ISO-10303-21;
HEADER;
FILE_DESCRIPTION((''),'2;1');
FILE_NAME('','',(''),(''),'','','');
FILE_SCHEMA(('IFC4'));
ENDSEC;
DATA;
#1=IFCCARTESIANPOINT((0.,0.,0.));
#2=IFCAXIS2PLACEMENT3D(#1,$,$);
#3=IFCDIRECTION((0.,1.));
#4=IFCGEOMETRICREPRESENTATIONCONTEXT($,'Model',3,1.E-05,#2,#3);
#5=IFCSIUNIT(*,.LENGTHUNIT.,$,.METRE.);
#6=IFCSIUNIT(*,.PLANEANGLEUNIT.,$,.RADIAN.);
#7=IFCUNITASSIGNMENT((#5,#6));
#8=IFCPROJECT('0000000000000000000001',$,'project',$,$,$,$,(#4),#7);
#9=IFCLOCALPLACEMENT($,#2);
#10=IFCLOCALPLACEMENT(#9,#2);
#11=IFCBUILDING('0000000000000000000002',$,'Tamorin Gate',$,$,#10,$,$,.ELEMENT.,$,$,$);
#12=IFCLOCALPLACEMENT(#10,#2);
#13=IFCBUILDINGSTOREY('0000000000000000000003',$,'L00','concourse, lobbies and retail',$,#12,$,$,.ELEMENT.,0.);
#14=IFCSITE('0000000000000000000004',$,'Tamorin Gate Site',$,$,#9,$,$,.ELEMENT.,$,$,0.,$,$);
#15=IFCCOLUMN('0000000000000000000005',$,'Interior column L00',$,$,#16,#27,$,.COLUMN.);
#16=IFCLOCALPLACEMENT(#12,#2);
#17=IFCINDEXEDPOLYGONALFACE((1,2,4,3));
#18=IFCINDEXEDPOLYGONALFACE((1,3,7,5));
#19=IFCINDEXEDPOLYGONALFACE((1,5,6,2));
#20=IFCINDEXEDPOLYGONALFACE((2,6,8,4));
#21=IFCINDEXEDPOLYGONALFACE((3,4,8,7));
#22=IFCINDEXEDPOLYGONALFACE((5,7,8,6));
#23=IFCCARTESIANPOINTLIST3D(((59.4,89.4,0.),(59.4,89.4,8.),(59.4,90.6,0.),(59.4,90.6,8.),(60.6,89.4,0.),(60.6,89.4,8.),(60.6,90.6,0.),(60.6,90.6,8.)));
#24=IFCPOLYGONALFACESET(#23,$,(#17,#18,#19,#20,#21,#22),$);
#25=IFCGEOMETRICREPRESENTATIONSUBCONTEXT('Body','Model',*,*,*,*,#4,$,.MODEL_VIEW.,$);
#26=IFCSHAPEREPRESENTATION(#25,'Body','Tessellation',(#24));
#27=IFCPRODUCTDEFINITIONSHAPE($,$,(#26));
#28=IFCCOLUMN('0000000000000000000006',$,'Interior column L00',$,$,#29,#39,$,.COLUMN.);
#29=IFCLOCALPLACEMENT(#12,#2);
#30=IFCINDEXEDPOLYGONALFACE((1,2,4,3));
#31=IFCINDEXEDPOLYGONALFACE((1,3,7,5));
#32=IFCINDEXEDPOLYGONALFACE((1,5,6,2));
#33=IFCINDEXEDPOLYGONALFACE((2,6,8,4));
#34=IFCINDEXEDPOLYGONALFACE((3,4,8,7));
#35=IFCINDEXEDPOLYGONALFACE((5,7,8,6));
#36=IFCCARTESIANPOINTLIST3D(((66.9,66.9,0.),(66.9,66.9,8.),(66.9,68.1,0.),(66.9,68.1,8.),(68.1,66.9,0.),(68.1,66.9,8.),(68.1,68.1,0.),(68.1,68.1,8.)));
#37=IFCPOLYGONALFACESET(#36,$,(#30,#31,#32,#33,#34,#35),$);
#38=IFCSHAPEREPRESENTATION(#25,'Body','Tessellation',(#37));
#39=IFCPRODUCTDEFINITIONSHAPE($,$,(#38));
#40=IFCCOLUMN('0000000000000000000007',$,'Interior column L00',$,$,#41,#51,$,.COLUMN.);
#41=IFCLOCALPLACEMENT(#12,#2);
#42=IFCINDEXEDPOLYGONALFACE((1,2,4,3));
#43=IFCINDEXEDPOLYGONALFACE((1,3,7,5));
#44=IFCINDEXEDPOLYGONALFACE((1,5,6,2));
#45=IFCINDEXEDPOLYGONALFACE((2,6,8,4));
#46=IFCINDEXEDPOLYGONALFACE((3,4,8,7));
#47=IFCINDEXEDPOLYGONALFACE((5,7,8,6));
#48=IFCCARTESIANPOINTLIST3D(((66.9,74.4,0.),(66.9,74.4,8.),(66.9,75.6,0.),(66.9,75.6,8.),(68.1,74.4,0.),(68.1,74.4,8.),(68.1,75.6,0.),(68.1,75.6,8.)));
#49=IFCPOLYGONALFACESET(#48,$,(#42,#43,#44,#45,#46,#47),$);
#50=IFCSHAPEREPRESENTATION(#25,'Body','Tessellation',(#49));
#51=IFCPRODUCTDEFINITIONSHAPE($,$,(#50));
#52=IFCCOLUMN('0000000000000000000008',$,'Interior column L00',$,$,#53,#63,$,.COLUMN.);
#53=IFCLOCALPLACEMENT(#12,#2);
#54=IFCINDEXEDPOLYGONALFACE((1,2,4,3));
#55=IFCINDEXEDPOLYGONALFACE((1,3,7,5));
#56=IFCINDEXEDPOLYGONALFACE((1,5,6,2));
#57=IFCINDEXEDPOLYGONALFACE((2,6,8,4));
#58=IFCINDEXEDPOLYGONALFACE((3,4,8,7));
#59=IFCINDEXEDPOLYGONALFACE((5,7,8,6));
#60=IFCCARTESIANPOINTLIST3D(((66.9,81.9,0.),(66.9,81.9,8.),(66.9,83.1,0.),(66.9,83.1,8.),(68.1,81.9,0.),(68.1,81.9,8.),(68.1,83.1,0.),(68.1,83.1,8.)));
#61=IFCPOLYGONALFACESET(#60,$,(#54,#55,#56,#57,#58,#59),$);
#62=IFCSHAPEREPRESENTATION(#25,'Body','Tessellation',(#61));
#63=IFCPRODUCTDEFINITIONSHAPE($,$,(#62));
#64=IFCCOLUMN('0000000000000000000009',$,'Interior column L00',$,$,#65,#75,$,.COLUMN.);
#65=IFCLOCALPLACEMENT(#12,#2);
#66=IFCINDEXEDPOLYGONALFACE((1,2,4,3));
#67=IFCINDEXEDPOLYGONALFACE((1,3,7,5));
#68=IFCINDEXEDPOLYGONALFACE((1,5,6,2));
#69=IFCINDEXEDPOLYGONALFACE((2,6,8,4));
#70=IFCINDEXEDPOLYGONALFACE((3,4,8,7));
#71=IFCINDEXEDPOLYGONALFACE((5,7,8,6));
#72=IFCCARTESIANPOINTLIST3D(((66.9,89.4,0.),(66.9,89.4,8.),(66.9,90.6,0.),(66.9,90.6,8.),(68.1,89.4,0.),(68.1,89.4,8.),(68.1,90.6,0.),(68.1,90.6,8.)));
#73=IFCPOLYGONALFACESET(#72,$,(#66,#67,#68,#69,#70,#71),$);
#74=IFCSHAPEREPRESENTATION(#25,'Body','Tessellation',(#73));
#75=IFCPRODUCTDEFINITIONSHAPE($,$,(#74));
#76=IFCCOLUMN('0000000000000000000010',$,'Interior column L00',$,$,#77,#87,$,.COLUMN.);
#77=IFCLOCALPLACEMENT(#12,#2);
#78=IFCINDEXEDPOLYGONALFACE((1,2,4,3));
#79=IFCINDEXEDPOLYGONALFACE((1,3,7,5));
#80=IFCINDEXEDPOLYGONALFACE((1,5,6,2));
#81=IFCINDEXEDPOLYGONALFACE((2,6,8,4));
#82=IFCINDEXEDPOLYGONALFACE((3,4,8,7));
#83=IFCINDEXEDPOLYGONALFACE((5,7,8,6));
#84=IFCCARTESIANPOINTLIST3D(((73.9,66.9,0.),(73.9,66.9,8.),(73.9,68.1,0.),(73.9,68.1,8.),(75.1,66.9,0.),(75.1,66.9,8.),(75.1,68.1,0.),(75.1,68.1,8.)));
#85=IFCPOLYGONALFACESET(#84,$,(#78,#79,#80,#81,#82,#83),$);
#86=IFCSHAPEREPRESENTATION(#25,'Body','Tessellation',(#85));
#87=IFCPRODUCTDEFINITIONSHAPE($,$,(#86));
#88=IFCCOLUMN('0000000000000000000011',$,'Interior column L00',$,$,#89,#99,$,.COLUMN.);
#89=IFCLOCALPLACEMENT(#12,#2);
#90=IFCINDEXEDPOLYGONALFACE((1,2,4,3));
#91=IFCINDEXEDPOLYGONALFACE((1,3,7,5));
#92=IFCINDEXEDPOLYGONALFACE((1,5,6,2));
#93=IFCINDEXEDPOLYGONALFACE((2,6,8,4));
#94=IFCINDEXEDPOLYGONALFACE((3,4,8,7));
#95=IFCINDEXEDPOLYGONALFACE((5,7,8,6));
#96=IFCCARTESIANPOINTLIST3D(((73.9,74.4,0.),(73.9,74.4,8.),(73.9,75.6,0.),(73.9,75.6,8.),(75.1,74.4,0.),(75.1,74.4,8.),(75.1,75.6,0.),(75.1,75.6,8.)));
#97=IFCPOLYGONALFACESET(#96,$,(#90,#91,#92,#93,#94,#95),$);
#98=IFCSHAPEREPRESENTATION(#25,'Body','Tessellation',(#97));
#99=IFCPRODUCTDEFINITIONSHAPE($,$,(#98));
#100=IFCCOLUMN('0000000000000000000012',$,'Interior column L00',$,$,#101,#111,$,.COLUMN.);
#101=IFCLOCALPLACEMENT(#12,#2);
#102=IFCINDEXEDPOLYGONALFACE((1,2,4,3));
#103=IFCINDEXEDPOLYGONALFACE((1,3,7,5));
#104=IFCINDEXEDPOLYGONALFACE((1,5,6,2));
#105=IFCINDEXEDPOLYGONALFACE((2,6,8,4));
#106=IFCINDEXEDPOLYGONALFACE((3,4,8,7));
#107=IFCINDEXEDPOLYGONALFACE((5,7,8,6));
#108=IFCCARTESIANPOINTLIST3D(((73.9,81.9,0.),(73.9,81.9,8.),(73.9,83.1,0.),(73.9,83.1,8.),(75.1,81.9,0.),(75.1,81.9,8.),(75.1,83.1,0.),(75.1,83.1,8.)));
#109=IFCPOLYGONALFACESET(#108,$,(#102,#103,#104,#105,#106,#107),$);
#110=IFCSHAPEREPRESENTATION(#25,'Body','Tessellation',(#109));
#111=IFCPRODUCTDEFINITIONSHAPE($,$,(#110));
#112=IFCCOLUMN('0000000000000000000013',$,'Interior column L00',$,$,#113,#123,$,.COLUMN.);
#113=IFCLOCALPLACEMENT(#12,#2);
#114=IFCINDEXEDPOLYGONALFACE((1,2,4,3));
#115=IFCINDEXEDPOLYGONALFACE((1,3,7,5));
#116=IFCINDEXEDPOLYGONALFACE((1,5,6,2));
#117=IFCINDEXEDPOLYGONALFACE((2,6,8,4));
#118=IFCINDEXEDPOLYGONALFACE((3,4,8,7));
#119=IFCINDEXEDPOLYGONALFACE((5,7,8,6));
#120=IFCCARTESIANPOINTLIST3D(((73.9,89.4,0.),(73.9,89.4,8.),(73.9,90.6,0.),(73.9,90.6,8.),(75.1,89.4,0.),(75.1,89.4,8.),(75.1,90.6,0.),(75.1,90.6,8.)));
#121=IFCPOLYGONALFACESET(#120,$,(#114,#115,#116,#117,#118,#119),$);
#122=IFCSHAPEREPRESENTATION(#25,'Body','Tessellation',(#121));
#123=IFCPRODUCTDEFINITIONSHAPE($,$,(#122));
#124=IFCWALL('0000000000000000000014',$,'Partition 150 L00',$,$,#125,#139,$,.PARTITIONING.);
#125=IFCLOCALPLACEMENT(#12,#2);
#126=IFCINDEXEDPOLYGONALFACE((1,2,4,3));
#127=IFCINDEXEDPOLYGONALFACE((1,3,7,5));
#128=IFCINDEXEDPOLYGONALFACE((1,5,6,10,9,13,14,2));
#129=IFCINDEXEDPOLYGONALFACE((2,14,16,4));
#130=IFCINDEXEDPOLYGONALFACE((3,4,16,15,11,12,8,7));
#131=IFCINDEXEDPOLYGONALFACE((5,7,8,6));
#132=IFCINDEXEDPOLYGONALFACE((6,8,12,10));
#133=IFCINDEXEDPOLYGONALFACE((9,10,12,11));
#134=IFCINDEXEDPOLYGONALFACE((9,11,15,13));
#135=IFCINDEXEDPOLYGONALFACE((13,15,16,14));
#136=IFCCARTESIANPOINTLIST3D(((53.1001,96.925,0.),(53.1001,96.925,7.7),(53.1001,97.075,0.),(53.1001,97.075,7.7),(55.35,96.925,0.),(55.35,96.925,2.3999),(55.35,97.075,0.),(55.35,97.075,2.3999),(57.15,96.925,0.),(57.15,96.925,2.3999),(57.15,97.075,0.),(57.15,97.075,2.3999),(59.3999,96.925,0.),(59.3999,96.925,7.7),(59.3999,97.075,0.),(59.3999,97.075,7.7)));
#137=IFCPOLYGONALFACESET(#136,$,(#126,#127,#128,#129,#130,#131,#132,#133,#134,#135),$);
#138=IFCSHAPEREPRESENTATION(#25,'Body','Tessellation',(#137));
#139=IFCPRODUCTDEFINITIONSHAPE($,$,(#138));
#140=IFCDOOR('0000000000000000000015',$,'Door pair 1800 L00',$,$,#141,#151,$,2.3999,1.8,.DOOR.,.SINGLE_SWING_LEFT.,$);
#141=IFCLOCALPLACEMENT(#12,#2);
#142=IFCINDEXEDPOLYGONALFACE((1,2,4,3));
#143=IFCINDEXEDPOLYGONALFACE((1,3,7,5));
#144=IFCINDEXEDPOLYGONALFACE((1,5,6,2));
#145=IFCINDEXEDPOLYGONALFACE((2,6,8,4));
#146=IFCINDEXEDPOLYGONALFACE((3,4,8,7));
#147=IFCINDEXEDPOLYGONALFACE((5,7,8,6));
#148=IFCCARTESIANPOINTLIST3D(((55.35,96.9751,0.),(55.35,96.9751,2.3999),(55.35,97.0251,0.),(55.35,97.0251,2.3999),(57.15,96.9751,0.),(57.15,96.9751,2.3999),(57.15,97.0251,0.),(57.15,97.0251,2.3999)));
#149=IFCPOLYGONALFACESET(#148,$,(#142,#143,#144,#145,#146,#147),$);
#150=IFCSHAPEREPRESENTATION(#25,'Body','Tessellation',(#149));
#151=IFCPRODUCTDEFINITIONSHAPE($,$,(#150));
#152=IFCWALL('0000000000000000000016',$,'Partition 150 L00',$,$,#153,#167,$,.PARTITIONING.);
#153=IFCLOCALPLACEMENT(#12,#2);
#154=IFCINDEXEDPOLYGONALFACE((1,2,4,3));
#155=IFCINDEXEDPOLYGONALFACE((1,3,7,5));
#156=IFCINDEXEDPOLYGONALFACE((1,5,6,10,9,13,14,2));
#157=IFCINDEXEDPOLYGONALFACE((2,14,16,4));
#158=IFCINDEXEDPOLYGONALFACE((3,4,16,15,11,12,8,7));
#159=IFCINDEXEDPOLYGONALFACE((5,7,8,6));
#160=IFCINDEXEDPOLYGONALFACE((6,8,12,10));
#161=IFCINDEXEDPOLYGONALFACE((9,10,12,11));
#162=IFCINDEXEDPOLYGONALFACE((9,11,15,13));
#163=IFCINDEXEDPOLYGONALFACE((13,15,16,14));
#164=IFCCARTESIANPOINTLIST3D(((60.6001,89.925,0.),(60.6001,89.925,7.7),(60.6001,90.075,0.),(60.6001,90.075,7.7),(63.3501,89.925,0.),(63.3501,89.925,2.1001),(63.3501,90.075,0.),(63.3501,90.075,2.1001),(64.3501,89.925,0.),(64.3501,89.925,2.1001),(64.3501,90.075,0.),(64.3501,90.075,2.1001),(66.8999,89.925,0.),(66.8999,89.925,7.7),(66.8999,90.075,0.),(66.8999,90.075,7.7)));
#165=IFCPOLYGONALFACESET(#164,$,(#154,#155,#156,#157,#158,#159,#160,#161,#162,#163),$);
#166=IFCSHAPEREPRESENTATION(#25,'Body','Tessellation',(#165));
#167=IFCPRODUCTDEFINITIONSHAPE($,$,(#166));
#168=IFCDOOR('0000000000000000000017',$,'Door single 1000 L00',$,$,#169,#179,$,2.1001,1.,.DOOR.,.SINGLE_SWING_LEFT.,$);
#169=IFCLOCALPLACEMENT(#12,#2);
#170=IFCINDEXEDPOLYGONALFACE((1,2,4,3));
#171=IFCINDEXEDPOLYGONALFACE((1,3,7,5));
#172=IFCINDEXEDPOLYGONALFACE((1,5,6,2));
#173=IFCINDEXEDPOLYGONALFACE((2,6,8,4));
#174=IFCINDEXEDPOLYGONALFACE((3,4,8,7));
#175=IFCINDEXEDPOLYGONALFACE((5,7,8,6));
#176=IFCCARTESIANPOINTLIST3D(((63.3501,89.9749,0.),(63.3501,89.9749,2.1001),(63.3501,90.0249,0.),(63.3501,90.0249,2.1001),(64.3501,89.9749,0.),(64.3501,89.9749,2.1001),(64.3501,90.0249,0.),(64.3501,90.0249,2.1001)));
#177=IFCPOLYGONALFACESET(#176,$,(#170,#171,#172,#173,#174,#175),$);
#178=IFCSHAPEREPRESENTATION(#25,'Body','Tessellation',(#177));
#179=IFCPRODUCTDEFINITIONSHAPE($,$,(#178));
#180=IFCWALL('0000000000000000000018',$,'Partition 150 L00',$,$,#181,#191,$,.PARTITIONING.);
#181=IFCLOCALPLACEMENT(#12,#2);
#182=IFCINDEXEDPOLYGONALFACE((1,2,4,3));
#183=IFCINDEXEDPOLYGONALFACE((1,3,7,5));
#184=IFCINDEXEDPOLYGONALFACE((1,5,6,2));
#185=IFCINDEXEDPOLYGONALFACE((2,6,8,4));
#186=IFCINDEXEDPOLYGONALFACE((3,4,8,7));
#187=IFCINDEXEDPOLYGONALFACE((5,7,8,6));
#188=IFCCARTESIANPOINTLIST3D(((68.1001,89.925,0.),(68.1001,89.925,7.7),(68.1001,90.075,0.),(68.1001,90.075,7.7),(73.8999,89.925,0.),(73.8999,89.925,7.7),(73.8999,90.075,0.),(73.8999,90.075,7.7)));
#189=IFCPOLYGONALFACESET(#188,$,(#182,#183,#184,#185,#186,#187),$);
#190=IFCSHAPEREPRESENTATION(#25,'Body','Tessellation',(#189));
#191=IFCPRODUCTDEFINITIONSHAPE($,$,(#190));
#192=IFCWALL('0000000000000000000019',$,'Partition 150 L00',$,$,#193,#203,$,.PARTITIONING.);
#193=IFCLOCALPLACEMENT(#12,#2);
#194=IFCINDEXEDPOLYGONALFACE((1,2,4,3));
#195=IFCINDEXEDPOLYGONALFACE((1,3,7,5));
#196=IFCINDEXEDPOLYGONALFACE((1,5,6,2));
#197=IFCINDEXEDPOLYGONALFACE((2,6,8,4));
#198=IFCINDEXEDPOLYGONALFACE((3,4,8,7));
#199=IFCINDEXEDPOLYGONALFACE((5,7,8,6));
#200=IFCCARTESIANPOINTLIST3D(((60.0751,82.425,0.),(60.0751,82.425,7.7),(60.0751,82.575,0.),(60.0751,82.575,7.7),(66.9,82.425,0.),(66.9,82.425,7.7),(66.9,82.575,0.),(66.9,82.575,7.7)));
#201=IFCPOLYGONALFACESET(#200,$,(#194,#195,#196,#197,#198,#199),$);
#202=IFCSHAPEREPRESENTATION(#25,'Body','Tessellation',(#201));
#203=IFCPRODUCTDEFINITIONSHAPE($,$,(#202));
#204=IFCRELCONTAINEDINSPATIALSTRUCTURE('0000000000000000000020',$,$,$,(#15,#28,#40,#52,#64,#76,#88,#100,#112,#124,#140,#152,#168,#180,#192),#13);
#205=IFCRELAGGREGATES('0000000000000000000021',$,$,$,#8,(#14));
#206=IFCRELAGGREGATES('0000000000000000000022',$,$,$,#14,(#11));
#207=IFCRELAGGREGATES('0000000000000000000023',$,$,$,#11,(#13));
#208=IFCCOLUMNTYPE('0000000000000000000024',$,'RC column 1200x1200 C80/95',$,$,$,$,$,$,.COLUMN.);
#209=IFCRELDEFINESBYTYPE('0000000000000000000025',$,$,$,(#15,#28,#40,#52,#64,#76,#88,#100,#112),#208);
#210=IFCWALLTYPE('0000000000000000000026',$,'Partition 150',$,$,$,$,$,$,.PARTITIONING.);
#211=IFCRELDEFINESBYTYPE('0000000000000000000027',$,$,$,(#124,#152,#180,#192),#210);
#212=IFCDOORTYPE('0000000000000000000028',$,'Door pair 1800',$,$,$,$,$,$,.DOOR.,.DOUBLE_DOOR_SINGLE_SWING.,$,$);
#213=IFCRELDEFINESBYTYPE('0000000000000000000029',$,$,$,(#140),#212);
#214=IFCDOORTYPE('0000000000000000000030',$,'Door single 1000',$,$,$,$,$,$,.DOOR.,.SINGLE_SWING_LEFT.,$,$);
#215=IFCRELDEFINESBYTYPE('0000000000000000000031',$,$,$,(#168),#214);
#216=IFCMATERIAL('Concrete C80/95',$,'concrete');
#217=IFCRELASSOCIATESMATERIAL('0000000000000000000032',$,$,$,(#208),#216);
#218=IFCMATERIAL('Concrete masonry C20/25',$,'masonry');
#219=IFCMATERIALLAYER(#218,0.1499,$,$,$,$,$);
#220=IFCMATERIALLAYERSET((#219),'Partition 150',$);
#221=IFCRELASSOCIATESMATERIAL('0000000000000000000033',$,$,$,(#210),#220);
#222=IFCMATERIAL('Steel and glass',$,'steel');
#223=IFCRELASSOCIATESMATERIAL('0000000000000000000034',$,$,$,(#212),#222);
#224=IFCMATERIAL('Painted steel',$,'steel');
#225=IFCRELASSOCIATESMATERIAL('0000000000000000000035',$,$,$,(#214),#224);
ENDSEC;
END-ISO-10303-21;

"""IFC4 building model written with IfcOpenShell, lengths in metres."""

from ifc_helpers import new_model, si_unit, direction, frame, frame_2d, origin, origin_2d, place, context, subcontext, project, spatial, rectangle, extrude, material, layer, layer_set, material_profile, profile_set, type_object, element, fill, save


model = new_model("IFC4")

# Units and contexts
model_context = context("Model", 3, precision=1e-05, world=origin(), true_north=direction((0.0, 1.0)))
body_context = subcontext(model_context, "Body", "Model", "MODEL_VIEW")
ifc_project = project(units=[si_unit("LENGTHUNIT", "METRE"), si_unit("PLANEANGLEUNIT", "RADIAN")], contexts=[model_context])

# Site, building, storey
site_placement = place(None, origin())
site = spatial("IfcSite", under=ifc_project, at=site_placement, Name="Tamorin Gate Site", CompositionType="ELEMENT", RefElevation=0.0)
building_placement = place(site_placement, origin())
building = spatial("IfcBuilding", under=site, at=building_placement, Name="Tamorin Gate", CompositionType="ELEMENT")
storey_placement = place(building_placement, origin())
storey = spatial("IfcBuildingStorey", under=building, at=storey_placement, Name="L00", Description="concourse, lobbies and retail", CompositionType="ELEMENT", Elevation=0.0)

# Columns
ifc_material_1 = material(Name="Concrete C80/95", Category="concrete")
ifc_material_profile = material_profile(ifc_material_1, rectangle(XDim=1.2, YDim=1.2, at=origin_2d()), Name="RC 1200x1200")
ifc_profile_set = profile_set([ifc_material_profile], Name="Concrete C80/95")
column_type = type_object("IfcColumnType", Name="RC column 1200x1200 C80/95", PredefinedType="COLUMN", material=ifc_profile_set)
for number, where, z_axis, x_axis, name in (
    (1, (60.0, 90.0, 0.0), (0.0, 0.0, 1.0), (1.0, 0.0, 0.0), "Interior column L00"),
    (2, (67.5, 67.5, 0.0), (0.0, 0.0, 1.0), (1.0, 0.0, 0.0), "Interior column L00"),
    (3, (67.5, 75.0, 0.0), (0.0, 0.0, 1.0), (1.0, 0.0, 0.0), "Interior column L00"),
    (4, (67.5, 82.5, 0.0), (0.0, 0.0, 1.0), (1.0, 0.0, 0.0), "Interior column L00"),
    (5, (67.5, 90.0, 0.0), (0.0, 0.0, 1.0), (1.0, 0.0, 0.0), "Interior column L00"),
    (6, (74.5, 67.5, 0.0), (0.0, 0.0, 1.0), (1.0, 0.0, 0.0), "Interior column L00"),
    (7, (74.5, 75.0, 0.0), (0.0, 0.0, 1.0), (1.0, 0.0, 0.0), "Interior column L00"),
    (8, (74.5, 82.5, 0.0), (0.0, 0.0, 1.0), (1.0, 0.0, 0.0), "Interior column L00"),
    (9, (74.5, 90.0, 0.0), (0.0, 0.0, 1.0), (1.0, 0.0, 0.0), "Interior column L00"),
):
    element("IfcColumn", number, at=place(storey_placement, frame(where, z_axis=z_axis, x_axis=x_axis)), inside=storey, type_object=column_type, Name=name, PredefinedType="COLUMN", context=body_context, shape_type="SweptSolid", body=[
        extrude(rectangle(XDim=1.2, YDim=1.2, at=origin_2d()), origin(), (0.0, 0.0, 1.0), 8.0),
    ])

# Walls, openings, doors
ifc_material_2 = material(Name="Concrete masonry C20/25", Category="masonry")
ifc_layer = layer(ifc_material_2, 0.1499)
ifc_layer_set = layer_set([ifc_layer], Name="Partition 150")
wall_type = type_object("IfcWallType", Name="Partition 150", PredefinedType="PARTITIONING", material=ifc_layer_set)
wall_1_placement = place(storey_placement, frame((59.3999, 97.0, 0.0), z_axis=(0.0, 0.0, 1.0), x_axis=(-1.0, 0.0, 0.0)))
wall_1 = element("IfcWall", 10, at=wall_1_placement, inside=storey, type_object=wall_type, Name="Partition 150 L00", PredefinedType="PARTITIONING", context=body_context, shape_type="SweptSolid", body=[
    extrude(rectangle(XDim=6.2998, YDim=0.1499, at=frame_2d((3.1499, 0.0))), origin(), (0.0, 0.0, 1.0), 7.7),
])
opening_1_placement = place(wall_1_placement, frame((2.25, 0.0, 0.0)))
opening_1 = element("IfcOpeningElement", 11, at=opening_1_placement, cuts=wall_1, PredefinedType="OPENING", context=body_context, shape_type="SweptSolid", body=[
    extrude(rectangle(XDim=1.8, YDim=2.3999, at=frame_2d((0.8999, 1.2))), frame((0.0, 0.085, 0.0), z_axis=(0.0, -1.0, 0.0), x_axis=(1.0, 0.0, 0.0)), (0.0, 0.0, 1.0), 0.1699),
])
ifc_material_3 = material(Name="Steel and glass", Category="steel")
door_type_1 = type_object("IfcDoorType", Name="Door pair 1800", OperationType="DOUBLE_DOOR_SINGLE_SWING", PredefinedType="DOOR", material=ifc_material_3)
door_1_placement = place(opening_1_placement, origin())
door_1 = element("IfcDoor", 12, at=door_1_placement, inside=storey, type_object=door_type_1, Name="Door pair 1800 L00", OperationType="SINGLE_SWING_LEFT", OverallHeight=2.3999, OverallWidth=1.8, PredefinedType="DOOR", context=body_context, shape_type="SweptSolid", body=[
    extrude(rectangle(XDim=1.8, YDim=2.3999, at=frame_2d((0.8999, 1.2))), frame((0.0, 0.0249, 0.0), z_axis=(0.0, -1.0, 0.0), x_axis=(1.0, 0.0, 0.0)), (0.0, 0.0, 1.0), 0.05),
])
fill(opening_1, door_1)
wall_2_placement = place(storey_placement, frame((60.6001, 90.0, 0.0), z_axis=(0.0, 0.0, 1.0), x_axis=(1.0, 0.0, 0.0)))
wall_2 = element("IfcWall", 13, at=wall_2_placement, inside=storey, type_object=wall_type, Name="Partition 150 L00", PredefinedType="PARTITIONING", context=body_context, shape_type="SweptSolid", body=[
    extrude(rectangle(XDim=6.2998, YDim=0.1499, at=frame_2d((3.1499, 0.0))), origin(), (0.0, 0.0, 1.0), 7.7),
])
opening_2_placement = place(wall_2_placement, frame((2.75, 0.0, 0.0)))
opening_2 = element("IfcOpeningElement", 14, at=opening_2_placement, cuts=wall_2, PredefinedType="OPENING", context=body_context, shape_type="SweptSolid", body=[
    extrude(rectangle(XDim=1.0, YDim=2.1001, at=frame_2d((0.5, 1.05))), frame((0.0, 0.085, 0.0), z_axis=(0.0, -1.0, 0.0), x_axis=(1.0, 0.0, 0.0)), (0.0, 0.0, 1.0), 0.1699),
])
ifc_material_4 = material(Name="Painted steel", Category="steel")
door_type_2 = type_object("IfcDoorType", Name="Door single 1000", OperationType="SINGLE_SWING_LEFT", PredefinedType="DOOR", material=ifc_material_4)
door_2_placement = place(opening_2_placement, origin())
door_2 = element("IfcDoor", 15, at=door_2_placement, inside=storey, type_object=door_type_2, Name="Door single 1000 L00", OperationType="SINGLE_SWING_LEFT", OverallHeight=2.1001, OverallWidth=1.0, PredefinedType="DOOR", context=body_context, shape_type="SweptSolid", body=[
    extrude(rectangle(XDim=1.0, YDim=2.1001, at=frame_2d((0.5, 1.05))), frame((0.0, 0.0249, 0.0), z_axis=(0.0, -1.0, 0.0), x_axis=(1.0, 0.0, 0.0)), (0.0, 0.0, 1.0), 0.05),
])
fill(opening_2, door_2)

# Walls
wall_3_placement = place(storey_placement, frame((68.1001, 90.0, 0.0), z_axis=(0.0, 0.0, 1.0), x_axis=(1.0, 0.0, 0.0)))
element("IfcWall", 16, at=wall_3_placement, inside=storey, type_object=wall_type, Name="Partition 150 L00", PredefinedType="PARTITIONING", context=body_context, shape_type="SweptSolid", body=[
    extrude(rectangle(XDim=5.7998, YDim=0.1499, at=frame_2d((2.8999, 0.0))), origin(), (0.0, 0.0, 1.0), 7.7),
])
wall_4_placement = place(storey_placement, frame((60.075, 82.5, 0.0), z_axis=(0.0, 0.0, 1.0), x_axis=(1.0, 0.0, 0.0)))
element("IfcWall", 17, at=wall_4_placement, inside=storey, type_object=wall_type, Name="Partition 150 L00", PredefinedType="PARTITIONING", context=body_context, shape_type="SweptSolid", body=[
    extrude(rectangle(XDim=6.825, YDim=0.1499, at=frame_2d((3.4126, 0.0))), origin(), (0.0, 0.0, 1.0), 7.7),
])

save(model, "model.ifc")
